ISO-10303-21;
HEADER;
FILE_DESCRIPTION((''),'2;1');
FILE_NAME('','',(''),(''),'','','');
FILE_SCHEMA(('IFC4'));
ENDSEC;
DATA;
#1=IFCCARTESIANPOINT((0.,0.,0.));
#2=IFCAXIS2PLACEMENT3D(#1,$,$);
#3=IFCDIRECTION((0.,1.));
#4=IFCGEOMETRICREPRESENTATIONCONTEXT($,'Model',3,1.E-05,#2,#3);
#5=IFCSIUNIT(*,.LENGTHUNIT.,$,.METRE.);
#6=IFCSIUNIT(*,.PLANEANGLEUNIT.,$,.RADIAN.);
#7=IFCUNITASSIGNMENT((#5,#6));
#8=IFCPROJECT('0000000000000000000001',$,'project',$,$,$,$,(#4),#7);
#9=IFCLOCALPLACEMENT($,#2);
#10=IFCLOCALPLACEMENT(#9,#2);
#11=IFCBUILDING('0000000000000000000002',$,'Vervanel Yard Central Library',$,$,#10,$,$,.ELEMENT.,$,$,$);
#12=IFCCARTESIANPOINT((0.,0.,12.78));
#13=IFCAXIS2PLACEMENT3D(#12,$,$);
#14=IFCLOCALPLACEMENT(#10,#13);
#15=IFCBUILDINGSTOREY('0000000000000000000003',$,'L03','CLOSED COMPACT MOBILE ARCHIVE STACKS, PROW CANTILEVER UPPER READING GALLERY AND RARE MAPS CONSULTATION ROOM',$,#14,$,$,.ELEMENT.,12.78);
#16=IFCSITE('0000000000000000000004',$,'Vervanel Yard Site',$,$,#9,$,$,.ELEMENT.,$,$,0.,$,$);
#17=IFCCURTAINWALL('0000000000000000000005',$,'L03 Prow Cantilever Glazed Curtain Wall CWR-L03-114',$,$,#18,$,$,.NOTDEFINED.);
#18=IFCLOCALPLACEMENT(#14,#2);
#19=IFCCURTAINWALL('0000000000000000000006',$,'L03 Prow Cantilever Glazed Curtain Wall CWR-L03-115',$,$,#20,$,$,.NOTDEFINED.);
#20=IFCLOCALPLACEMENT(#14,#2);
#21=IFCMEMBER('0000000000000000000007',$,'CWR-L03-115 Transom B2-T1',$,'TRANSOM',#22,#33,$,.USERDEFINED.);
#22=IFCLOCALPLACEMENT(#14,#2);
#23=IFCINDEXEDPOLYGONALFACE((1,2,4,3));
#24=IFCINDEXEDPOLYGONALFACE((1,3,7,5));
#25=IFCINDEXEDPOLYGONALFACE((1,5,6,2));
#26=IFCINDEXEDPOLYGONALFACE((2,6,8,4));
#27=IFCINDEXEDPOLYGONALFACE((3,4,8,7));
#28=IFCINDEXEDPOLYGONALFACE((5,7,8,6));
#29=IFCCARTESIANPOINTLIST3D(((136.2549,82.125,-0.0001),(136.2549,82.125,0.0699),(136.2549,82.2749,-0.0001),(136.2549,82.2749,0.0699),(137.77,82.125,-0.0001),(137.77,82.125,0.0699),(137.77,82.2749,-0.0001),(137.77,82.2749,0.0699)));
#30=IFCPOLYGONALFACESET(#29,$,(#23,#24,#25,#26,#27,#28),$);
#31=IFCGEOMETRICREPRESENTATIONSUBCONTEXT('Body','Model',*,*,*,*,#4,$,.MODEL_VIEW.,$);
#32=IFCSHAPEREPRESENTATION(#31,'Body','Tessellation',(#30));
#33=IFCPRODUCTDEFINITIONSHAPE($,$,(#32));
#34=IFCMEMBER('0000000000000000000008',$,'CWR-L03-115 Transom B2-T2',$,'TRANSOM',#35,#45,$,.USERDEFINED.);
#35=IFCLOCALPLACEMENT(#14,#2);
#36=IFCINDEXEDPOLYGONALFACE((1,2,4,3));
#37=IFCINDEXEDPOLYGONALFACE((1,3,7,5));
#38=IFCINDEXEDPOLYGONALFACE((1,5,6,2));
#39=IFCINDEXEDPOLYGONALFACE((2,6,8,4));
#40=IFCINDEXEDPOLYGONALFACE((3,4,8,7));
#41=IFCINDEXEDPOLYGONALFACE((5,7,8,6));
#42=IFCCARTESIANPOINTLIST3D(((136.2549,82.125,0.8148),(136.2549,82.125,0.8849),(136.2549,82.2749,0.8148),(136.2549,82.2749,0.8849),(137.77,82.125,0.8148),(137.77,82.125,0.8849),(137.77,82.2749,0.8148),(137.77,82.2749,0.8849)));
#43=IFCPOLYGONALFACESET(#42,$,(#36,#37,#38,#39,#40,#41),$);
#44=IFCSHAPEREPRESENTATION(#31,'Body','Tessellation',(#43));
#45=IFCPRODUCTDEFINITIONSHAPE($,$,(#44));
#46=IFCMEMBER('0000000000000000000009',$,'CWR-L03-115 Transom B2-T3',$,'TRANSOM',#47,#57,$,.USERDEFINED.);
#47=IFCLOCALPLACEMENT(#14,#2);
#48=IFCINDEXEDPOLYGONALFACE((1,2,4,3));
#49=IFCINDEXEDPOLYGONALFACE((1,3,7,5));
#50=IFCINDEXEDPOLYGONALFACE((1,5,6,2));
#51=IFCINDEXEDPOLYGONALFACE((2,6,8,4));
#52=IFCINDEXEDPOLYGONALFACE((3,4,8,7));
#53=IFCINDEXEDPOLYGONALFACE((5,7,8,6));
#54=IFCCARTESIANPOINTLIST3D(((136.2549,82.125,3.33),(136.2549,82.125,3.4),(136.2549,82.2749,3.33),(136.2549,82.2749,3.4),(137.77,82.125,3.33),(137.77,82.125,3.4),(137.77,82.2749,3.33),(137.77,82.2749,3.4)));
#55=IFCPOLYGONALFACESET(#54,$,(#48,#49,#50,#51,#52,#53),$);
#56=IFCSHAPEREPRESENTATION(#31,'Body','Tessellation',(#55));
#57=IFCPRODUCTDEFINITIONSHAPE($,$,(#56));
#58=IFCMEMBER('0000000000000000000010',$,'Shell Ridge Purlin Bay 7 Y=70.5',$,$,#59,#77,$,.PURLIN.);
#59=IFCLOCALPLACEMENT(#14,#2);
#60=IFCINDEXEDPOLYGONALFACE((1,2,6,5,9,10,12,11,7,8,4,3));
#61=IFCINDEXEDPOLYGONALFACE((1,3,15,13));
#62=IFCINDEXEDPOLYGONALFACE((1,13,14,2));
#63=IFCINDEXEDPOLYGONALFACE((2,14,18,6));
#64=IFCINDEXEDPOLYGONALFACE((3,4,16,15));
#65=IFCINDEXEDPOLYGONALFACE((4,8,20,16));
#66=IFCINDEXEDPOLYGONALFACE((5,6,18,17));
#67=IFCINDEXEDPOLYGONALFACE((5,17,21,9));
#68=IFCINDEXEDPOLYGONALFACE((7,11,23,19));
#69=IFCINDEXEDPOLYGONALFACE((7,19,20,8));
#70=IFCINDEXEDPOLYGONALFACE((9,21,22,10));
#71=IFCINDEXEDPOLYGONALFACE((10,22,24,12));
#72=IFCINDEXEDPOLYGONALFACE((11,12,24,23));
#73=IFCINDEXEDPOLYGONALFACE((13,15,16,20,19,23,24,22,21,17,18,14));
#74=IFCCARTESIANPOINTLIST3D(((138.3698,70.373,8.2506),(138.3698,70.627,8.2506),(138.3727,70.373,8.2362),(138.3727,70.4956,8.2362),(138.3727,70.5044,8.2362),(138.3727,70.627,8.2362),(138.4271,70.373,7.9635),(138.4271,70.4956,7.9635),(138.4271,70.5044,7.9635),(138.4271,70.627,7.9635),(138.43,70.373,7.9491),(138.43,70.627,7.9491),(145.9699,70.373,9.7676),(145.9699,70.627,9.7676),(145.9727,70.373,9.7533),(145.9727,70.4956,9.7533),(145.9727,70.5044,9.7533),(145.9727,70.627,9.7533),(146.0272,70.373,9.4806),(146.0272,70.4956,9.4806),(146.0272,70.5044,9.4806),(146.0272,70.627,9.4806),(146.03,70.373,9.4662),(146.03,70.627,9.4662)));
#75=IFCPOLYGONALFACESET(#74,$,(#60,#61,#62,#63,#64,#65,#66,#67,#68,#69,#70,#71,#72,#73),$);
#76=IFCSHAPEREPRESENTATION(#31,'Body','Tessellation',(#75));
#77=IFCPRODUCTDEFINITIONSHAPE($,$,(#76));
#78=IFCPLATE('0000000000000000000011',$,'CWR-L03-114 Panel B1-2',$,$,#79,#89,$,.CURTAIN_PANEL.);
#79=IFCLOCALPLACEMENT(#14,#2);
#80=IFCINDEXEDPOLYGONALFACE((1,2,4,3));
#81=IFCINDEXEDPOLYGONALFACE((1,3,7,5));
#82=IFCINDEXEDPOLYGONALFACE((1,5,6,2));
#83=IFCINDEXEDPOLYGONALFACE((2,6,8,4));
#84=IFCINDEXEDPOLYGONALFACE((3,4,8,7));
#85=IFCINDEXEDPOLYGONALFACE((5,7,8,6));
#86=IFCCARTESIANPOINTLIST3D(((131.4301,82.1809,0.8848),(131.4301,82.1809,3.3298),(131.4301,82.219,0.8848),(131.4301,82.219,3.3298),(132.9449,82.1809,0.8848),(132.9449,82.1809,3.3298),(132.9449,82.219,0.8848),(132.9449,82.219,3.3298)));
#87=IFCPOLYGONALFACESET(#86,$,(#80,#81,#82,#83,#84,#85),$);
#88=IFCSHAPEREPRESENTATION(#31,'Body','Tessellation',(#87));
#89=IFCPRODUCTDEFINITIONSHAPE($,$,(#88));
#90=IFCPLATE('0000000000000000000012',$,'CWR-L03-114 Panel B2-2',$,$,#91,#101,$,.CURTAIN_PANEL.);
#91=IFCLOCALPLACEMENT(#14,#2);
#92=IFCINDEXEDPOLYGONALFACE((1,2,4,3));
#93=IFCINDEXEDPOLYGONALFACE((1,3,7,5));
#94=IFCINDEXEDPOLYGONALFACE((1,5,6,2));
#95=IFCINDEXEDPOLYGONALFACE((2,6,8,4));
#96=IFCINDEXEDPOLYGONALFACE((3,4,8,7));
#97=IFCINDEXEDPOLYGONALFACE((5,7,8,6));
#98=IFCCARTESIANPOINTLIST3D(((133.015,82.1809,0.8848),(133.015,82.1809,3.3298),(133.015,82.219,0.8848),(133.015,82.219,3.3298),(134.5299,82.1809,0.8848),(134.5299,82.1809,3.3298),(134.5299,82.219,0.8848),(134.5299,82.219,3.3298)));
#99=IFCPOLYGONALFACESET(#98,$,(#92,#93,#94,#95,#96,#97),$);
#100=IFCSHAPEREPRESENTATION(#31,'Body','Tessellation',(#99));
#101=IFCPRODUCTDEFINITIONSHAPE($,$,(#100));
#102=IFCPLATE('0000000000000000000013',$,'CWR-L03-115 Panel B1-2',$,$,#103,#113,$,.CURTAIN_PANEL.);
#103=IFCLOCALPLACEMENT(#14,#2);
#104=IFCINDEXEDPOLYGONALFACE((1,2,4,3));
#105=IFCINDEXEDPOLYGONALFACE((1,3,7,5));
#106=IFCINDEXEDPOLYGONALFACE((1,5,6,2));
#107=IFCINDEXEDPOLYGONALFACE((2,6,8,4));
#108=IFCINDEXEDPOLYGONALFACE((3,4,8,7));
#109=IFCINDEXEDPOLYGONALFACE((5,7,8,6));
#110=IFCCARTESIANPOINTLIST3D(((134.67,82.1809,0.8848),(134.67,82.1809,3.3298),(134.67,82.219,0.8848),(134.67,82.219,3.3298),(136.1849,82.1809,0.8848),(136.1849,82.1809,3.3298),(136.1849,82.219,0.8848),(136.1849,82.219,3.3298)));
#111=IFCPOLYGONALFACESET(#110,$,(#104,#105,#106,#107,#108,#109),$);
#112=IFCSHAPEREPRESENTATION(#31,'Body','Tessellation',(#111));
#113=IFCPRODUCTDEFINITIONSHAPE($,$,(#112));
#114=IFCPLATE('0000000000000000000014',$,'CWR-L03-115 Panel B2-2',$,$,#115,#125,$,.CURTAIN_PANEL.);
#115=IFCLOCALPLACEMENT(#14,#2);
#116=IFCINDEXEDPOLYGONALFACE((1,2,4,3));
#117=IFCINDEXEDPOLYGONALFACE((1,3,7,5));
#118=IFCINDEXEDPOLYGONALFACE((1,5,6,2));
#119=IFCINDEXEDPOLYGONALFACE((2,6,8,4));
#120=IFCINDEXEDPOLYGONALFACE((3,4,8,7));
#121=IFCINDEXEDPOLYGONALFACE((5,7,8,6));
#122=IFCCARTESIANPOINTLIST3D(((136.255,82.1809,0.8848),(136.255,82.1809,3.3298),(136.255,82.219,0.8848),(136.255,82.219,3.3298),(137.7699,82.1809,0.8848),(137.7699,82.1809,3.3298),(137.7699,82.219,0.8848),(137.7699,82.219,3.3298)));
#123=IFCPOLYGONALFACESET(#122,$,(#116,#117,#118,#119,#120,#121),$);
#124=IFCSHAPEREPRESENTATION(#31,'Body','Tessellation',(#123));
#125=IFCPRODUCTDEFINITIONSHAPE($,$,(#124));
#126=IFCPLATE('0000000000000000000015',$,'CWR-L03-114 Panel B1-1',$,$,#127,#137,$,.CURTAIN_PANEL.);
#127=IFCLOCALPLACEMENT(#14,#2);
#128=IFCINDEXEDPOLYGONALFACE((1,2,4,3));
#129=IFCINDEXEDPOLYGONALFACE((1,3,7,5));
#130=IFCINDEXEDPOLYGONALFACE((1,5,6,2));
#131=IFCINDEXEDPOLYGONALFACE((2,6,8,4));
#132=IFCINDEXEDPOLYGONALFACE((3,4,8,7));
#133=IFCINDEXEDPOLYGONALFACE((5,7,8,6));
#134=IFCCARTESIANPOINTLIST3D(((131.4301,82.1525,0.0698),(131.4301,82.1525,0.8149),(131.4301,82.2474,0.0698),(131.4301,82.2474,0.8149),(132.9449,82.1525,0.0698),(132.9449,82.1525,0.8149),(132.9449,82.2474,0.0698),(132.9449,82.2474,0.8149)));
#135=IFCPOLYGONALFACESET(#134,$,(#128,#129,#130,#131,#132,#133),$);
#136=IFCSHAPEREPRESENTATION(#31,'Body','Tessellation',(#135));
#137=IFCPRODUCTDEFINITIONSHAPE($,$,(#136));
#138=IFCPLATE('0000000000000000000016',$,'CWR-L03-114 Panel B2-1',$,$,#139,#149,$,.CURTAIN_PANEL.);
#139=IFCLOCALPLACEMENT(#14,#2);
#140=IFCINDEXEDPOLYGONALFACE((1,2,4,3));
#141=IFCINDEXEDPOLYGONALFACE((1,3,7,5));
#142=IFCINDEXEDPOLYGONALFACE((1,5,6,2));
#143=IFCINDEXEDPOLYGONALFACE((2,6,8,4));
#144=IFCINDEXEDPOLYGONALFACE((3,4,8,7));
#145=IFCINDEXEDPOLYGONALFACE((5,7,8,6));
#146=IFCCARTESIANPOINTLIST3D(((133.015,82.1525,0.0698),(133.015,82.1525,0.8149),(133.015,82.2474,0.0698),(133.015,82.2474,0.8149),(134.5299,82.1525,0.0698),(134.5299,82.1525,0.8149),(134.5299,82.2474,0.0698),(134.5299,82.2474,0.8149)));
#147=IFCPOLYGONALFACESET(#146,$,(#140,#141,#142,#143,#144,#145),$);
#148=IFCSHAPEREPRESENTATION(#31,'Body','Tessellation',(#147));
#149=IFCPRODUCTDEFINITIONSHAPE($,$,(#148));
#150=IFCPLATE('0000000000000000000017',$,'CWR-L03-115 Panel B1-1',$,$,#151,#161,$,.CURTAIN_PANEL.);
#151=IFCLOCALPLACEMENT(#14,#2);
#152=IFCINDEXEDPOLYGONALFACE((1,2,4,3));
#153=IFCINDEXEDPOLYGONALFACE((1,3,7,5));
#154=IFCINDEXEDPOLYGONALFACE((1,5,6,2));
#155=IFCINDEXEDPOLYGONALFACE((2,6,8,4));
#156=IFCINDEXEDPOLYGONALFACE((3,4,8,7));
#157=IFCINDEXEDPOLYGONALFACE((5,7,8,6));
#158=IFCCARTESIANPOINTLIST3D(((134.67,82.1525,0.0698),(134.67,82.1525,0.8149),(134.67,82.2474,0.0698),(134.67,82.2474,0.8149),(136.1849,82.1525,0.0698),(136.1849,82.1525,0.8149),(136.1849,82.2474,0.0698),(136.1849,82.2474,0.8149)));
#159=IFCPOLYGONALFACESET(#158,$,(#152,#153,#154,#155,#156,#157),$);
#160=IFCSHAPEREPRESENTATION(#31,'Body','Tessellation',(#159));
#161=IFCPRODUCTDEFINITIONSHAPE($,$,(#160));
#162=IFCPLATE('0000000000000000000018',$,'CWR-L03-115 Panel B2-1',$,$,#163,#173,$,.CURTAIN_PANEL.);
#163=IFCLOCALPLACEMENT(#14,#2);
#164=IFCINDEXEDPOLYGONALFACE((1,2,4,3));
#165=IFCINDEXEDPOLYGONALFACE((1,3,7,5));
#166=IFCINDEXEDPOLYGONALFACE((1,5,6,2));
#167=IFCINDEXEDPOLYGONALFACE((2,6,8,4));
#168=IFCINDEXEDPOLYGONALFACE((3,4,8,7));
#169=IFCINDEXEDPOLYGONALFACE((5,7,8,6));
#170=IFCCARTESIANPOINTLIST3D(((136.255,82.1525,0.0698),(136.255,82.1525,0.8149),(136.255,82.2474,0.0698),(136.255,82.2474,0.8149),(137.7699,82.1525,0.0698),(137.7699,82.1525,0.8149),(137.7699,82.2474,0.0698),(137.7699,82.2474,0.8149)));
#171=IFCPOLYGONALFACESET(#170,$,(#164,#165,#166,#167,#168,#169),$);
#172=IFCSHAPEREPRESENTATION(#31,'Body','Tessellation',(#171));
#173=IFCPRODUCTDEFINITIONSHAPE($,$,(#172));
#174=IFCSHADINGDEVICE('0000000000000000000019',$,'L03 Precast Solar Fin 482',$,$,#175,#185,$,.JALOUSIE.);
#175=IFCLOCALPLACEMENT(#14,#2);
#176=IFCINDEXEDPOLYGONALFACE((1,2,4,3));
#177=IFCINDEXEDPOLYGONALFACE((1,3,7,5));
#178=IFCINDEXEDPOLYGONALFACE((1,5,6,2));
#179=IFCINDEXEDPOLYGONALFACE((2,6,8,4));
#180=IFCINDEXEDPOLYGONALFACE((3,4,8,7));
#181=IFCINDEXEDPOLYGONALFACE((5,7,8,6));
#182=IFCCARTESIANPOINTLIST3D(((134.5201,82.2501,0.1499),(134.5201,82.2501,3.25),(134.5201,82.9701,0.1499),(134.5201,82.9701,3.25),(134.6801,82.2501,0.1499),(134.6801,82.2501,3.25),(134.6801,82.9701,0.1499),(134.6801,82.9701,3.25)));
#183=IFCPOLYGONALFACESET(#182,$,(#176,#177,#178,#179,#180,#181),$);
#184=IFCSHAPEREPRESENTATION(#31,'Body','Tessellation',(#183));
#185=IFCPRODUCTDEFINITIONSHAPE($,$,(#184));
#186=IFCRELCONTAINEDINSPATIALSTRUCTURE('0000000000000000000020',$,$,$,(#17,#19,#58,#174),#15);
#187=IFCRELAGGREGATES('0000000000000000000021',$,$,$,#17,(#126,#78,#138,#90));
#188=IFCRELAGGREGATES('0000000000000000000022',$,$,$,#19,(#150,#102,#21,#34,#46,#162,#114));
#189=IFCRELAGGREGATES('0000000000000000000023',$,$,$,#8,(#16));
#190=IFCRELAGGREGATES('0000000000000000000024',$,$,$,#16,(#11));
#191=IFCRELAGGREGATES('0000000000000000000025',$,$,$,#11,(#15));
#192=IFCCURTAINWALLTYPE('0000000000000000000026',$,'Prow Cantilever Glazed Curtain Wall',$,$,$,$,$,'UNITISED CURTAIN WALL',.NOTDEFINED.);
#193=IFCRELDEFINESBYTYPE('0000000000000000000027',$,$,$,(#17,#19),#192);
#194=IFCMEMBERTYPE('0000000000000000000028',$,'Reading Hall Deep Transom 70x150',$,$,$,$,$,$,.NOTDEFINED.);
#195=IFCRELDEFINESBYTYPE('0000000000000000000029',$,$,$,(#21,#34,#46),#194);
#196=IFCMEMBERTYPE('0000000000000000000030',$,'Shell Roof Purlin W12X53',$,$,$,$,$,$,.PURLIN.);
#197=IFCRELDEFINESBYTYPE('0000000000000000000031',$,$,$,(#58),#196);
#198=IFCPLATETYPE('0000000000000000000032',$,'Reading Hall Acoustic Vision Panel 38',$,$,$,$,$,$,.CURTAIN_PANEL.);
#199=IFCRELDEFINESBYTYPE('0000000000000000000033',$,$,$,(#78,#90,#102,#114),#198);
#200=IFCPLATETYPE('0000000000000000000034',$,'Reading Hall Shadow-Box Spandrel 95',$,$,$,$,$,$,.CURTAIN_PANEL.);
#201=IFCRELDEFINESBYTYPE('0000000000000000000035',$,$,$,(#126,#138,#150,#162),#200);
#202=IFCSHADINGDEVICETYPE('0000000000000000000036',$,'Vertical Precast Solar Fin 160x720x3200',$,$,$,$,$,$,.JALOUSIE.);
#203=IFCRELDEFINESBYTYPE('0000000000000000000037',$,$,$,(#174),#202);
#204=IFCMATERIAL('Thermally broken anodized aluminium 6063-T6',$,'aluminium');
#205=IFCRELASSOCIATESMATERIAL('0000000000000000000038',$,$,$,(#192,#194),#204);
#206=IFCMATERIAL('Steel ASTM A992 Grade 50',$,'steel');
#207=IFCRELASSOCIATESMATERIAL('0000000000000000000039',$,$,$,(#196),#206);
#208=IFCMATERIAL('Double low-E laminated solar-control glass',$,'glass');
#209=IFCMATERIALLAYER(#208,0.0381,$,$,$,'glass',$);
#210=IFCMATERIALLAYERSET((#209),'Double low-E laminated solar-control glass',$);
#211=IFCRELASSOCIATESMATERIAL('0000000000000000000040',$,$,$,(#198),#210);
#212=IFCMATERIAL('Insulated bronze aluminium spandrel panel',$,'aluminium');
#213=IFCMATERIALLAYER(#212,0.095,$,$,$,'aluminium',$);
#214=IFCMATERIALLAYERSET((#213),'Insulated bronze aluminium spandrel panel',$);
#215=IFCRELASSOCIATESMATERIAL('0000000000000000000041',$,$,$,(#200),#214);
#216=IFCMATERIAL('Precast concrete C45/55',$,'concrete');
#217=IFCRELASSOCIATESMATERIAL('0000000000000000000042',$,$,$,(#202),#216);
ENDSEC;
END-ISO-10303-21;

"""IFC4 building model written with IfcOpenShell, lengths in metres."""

from ifc_helpers import new_model, si_unit, direction, frame, origin, origin_2d, place, context, subcontext, project, spatial, rectangle, i_section, extrude, material, layer, layer_set, material_profile, profile_set, type_object, element, aggregate, save


model = new_model("IFC4")

# Units and contexts
model_context = context("Model", 3, precision=1e-05, world=origin(), true_north=direction((0.0, 1.0)))
body_context = subcontext(model_context, "Body", "Model", "MODEL_VIEW")
ifc_project = project(units=[si_unit("LENGTHUNIT", "METRE"), si_unit("PLANEANGLEUNIT", "RADIAN")], contexts=[model_context])

# Site, building, storey
site_placement = place(None, origin())
site = spatial("IfcSite", under=ifc_project, at=site_placement, Name="Vervanel Yard Site", CompositionType="ELEMENT", RefElevation=0.0)
building_placement = place(site_placement, origin())
building = spatial("IfcBuilding", under=site, at=building_placement, Name="Vervanel Yard Central Library", CompositionType="ELEMENT")
storey_placement = place(building_placement, frame((0.0, 0.0, 12.78)))
storey = spatial("IfcBuildingStorey", under=building, at=storey_placement, Name="L03", Description="CLOSED COMPACT MOBILE ARCHIVE STACKS, PROW CANTILEVER UPPER READING GALLERY AND RARE MAPS CONSULTATION ROOM", CompositionType="ELEMENT", Elevation=12.78)

# Curtain walls
ifc_material_1 = material(Name="Thermally broken anodized aluminium 6063-T6", Category="aluminium")
curtain_wall_type = type_object("IfcCurtainWallType", Name="Prow Cantilever Glazed Curtain Wall", ElementType="UNITISED CURTAIN WALL", PredefinedType="NOTDEFINED", material=ifc_material_1)
curtain_wall_1_placement = place(storey_placement, origin())
curtain_wall_1 = element("IfcCurtainWall", 1, at=curtain_wall_1_placement, inside=storey, type_object=curtain_wall_type, Name="L03 Prow Cantilever Glazed Curtain Wall CWR-L03-114", PredefinedType="NOTDEFINED")
curtain_wall_2_placement = place(storey_placement, origin())
curtain_wall_2 = element("IfcCurtainWall", 2, at=curtain_wall_2_placement, inside=storey, type_object=curtain_wall_type, Name="L03 Prow Cantilever Glazed Curtain Wall CWR-L03-115", PredefinedType="NOTDEFINED")

# Members
ifc_material_profile_1 = material_profile(ifc_material_1, rectangle(XDim=0.0701, YDim=0.1499, at=origin_2d()), Name="ALU 70x150", Category="aluminium")
ifc_profile_set_1 = profile_set([ifc_material_profile_1], Name="Thermally broken anodized aluminium 6063-T6")
member_type_1 = type_object("IfcMemberType", Name="Reading Hall Deep Transom 70x150", PredefinedType="NOTDEFINED", material=ifc_profile_set_1)
member_1_placement = place(storey_placement, frame((136.2549, 82.2, 0.0349), z_axis=(1.0, 0.0, 0.0), x_axis=(0.0, 0.0, 1.0)))
member_1 = element("IfcMember", 3, at=member_1_placement, type_object=member_type_1, Name="CWR-L03-115 Transom B2-T1", ObjectType="TRANSOM", PredefinedType="USERDEFINED", context=body_context, shape_type="SweptSolid", body=[
    extrude(rectangle(XDim=0.0701, YDim=0.1499, at=origin_2d()), origin(), (0.0, 0.0, 1.0), 1.5151),
])
member_2_placement = place(storey_placement, frame((136.2549, 82.2, 0.8499), z_axis=(1.0, 0.0, 0.0), x_axis=(0.0, 0.0, 1.0)))
member_2 = element("IfcMember", 4, at=member_2_placement, type_object=member_type_1, Name="CWR-L03-115 Transom B2-T2", ObjectType="TRANSOM", PredefinedType="USERDEFINED", context=body_context, shape_type="SweptSolid", body=[
    extrude(rectangle(XDim=0.0701, YDim=0.1499, at=origin_2d()), origin(), (0.0, 0.0, 1.0), 1.5151),
])
member_3_placement = place(storey_placement, frame((136.2549, 82.2, 3.365), z_axis=(1.0, 0.0, 0.0), x_axis=(0.0, 0.0, 1.0)))
member_3 = element("IfcMember", 5, at=member_3_placement, type_object=member_type_1, Name="CWR-L03-115 Transom B2-T3", ObjectType="TRANSOM", PredefinedType="USERDEFINED", context=body_context, shape_type="SweptSolid", body=[
    extrude(rectangle(XDim=0.0701, YDim=0.1499, at=origin_2d()), origin(), (0.0, 0.0, 1.0), 1.5151),
])
ifc_material_2 = material(Name="Steel ASTM A992 Grade 50", Category="steel")
ifc_material_profile_2 = material_profile(ifc_material_2, i_section(OverallWidth=0.2539, OverallDepth=0.3074, WebThickness=0.0088, FlangeThickness=0.0146, at=origin_2d()), Name="W12X53", Category="steel")
ifc_profile_set_2 = profile_set([ifc_material_profile_2], Name="Steel ASTM A992 Grade 50")
member_type_2 = type_object("IfcMemberType", Name="Shell Roof Purlin W12X53", PredefinedType="PURLIN", material=ifc_profile_set_2)
member_4_placement = place(storey_placement, frame((138.3999, 70.5, 8.0999), z_axis=(0.980653, 0.0, 0.195753), x_axis=(0.0, 1.0, 0.0)))
element("IfcMember", 6, at=member_4_placement, inside=storey, type_object=member_type_2, Name="Shell Ridge Purlin Bay 7 Y=70.5", PredefinedType="PURLIN", context=body_context, shape_type="SweptSolid", body=[
    extrude(i_section(OverallWidth=0.2539, OverallDepth=0.3074, WebThickness=0.0088, FlangeThickness=0.0146, at=origin_2d()), origin(), (0.0, 0.0, 1.0), 7.75),
])

# Plates
ifc_material_3 = material(Name="Double low-E laminated solar-control glass", Category="glass")
ifc_layer_1 = layer(ifc_material_3, 0.0381, Category="glass")
ifc_layer_set_1 = layer_set([ifc_layer_1], Name="Double low-E laminated solar-control glass")
plate_type_1 = type_object("IfcPlateType", Name="Reading Hall Acoustic Vision Panel 38", PredefinedType="CURTAIN_PANEL", material=ifc_layer_set_1)
plate_1_placement = place(storey_placement, frame((132.1875, 82.2, 0.8848), z_axis=(0.0, 0.0, 1.0), x_axis=(1.0, 0.0, 0.0)))
plate_1 = element("IfcPlate", 7, at=plate_1_placement, type_object=plate_type_1, Name="CWR-L03-114 Panel B1-2", PredefinedType="CURTAIN_PANEL", context=body_context, shape_type="SweptSolid", body=[
    extrude(rectangle(XDim=1.5149, YDim=0.0381, at=origin_2d()), origin(), (0.0, 0.0, 1.0), 2.4451),
])
plate_2_placement = place(storey_placement, frame((133.7725, 82.2, 0.8848), z_axis=(0.0, 0.0, 1.0), x_axis=(1.0, 0.0, 0.0)))
plate_2 = element("IfcPlate", 8, at=plate_2_placement, type_object=plate_type_1, Name="CWR-L03-114 Panel B2-2", PredefinedType="CURTAIN_PANEL", context=body_context, shape_type="SweptSolid", body=[
    extrude(rectangle(XDim=1.5149, YDim=0.0381, at=origin_2d()), origin(), (0.0, 0.0, 1.0), 2.4451),
])
plate_3_placement = place(storey_placement, frame((135.4275, 82.2, 0.8848), z_axis=(0.0, 0.0, 1.0), x_axis=(1.0, 0.0, 0.0)))
plate_3 = element("IfcPlate", 9, at=plate_3_placement, type_object=plate_type_1, Name="CWR-L03-115 Panel B1-2", PredefinedType="CURTAIN_PANEL", context=body_context, shape_type="SweptSolid", body=[
    extrude(rectangle(XDim=1.5149, YDim=0.0381, at=origin_2d()), origin(), (0.0, 0.0, 1.0), 2.4451),
])
plate_4_placement = place(storey_placement, frame((137.0125, 82.2, 0.8848), z_axis=(0.0, 0.0, 1.0), x_axis=(1.0, 0.0, 0.0)))
plate_4 = element("IfcPlate", 10, at=plate_4_placement, type_object=plate_type_1, Name="CWR-L03-115 Panel B2-2", PredefinedType="CURTAIN_PANEL", context=body_context, shape_type="SweptSolid", body=[
    extrude(rectangle(XDim=1.5149, YDim=0.0381, at=origin_2d()), origin(), (0.0, 0.0, 1.0), 2.4451),
])
ifc_material_4 = material(Name="Insulated bronze aluminium spandrel panel", Category="aluminium")
ifc_layer_2 = layer(ifc_material_4, 0.095, Category="aluminium")
ifc_layer_set_2 = layer_set([ifc_layer_2], Name="Insulated bronze aluminium spandrel panel")
plate_type_2 = type_object("IfcPlateType", Name="Reading Hall Shadow-Box Spandrel 95", PredefinedType="CURTAIN_PANEL", material=ifc_layer_set_2)
plate_5_placement = place(storey_placement, frame((132.1875, 82.2, 0.0698), z_axis=(0.0, 0.0, 1.0), x_axis=(1.0, 0.0, 0.0)))
plate_5 = element("IfcPlate", 11, at=plate_5_placement, type_object=plate_type_2, Name="CWR-L03-114 Panel B1-1", PredefinedType="CURTAIN_PANEL", context=body_context, shape_type="SweptSolid", body=[
    extrude(rectangle(XDim=1.5149, YDim=0.095, at=origin_2d()), origin(), (0.0, 0.0, 1.0), 0.7451),
])
plate_6_placement = place(storey_placement, frame((133.7725, 82.2, 0.0698), z_axis=(0.0, 0.0, 1.0), x_axis=(1.0, 0.0, 0.0)))
plate_6 = element("IfcPlate", 12, at=plate_6_placement, type_object=plate_type_2, Name="CWR-L03-114 Panel B2-1", PredefinedType="CURTAIN_PANEL", context=body_context, shape_type="SweptSolid", body=[
    extrude(rectangle(XDim=1.5149, YDim=0.095, at=origin_2d()), origin(), (0.0, 0.0, 1.0), 0.7451),
])
aggregate(curtain_wall_1, [plate_5, plate_1, plate_6, plate_2])
plate_7_placement = place(storey_placement, frame((135.4275, 82.2, 0.0698), z_axis=(0.0, 0.0, 1.0), x_axis=(1.0, 0.0, 0.0)))
plate_7 = element("IfcPlate", 13, at=plate_7_placement, type_object=plate_type_2, Name="CWR-L03-115 Panel B1-1", PredefinedType="CURTAIN_PANEL", context=body_context, shape_type="SweptSolid", body=[
    extrude(rectangle(XDim=1.5149, YDim=0.095, at=origin_2d()), origin(), (0.0, 0.0, 1.0), 0.7451),
])
plate_8_placement = place(storey_placement, frame((137.0125, 82.2, 0.0698), z_axis=(0.0, 0.0, 1.0), x_axis=(1.0, 0.0, 0.0)))
plate_8 = element("IfcPlate", 14, at=plate_8_placement, type_object=plate_type_2, Name="CWR-L03-115 Panel B2-1", PredefinedType="CURTAIN_PANEL", context=body_context, shape_type="SweptSolid", body=[
    extrude(rectangle(XDim=1.5149, YDim=0.095, at=origin_2d()), origin(), (0.0, 0.0, 1.0), 0.7451),
])
aggregate(curtain_wall_2, [plate_7, plate_3, member_1, member_2, member_3, plate_8, plate_4])

# Shading device
ifc_material_5 = material(Name="Precast concrete C45/55", Category="concrete")
shading_device_type = type_object("IfcShadingDeviceType", Name="Vertical Precast Solar Fin 160x720x3200", PredefinedType="JALOUSIE", material=ifc_material_5)
shading_device_placement = place(storey_placement, frame((134.6001, 82.6101, 0.1499), z_axis=(0.0, 0.0, 1.0), x_axis=(1.0, 0.0, 0.0)))
element("IfcShadingDevice", 15, at=shading_device_placement, inside=storey, type_object=shading_device_type, Name="L03 Precast Solar Fin 482", PredefinedType="JALOUSIE", context=body_context, shape_type="SweptSolid", body=[
    extrude(rectangle(XDim=0.1599, YDim=0.72, at=origin_2d()), origin(), (0.0, 0.0, 1.0), 3.1001),
])

save(model, "model.ifc")
